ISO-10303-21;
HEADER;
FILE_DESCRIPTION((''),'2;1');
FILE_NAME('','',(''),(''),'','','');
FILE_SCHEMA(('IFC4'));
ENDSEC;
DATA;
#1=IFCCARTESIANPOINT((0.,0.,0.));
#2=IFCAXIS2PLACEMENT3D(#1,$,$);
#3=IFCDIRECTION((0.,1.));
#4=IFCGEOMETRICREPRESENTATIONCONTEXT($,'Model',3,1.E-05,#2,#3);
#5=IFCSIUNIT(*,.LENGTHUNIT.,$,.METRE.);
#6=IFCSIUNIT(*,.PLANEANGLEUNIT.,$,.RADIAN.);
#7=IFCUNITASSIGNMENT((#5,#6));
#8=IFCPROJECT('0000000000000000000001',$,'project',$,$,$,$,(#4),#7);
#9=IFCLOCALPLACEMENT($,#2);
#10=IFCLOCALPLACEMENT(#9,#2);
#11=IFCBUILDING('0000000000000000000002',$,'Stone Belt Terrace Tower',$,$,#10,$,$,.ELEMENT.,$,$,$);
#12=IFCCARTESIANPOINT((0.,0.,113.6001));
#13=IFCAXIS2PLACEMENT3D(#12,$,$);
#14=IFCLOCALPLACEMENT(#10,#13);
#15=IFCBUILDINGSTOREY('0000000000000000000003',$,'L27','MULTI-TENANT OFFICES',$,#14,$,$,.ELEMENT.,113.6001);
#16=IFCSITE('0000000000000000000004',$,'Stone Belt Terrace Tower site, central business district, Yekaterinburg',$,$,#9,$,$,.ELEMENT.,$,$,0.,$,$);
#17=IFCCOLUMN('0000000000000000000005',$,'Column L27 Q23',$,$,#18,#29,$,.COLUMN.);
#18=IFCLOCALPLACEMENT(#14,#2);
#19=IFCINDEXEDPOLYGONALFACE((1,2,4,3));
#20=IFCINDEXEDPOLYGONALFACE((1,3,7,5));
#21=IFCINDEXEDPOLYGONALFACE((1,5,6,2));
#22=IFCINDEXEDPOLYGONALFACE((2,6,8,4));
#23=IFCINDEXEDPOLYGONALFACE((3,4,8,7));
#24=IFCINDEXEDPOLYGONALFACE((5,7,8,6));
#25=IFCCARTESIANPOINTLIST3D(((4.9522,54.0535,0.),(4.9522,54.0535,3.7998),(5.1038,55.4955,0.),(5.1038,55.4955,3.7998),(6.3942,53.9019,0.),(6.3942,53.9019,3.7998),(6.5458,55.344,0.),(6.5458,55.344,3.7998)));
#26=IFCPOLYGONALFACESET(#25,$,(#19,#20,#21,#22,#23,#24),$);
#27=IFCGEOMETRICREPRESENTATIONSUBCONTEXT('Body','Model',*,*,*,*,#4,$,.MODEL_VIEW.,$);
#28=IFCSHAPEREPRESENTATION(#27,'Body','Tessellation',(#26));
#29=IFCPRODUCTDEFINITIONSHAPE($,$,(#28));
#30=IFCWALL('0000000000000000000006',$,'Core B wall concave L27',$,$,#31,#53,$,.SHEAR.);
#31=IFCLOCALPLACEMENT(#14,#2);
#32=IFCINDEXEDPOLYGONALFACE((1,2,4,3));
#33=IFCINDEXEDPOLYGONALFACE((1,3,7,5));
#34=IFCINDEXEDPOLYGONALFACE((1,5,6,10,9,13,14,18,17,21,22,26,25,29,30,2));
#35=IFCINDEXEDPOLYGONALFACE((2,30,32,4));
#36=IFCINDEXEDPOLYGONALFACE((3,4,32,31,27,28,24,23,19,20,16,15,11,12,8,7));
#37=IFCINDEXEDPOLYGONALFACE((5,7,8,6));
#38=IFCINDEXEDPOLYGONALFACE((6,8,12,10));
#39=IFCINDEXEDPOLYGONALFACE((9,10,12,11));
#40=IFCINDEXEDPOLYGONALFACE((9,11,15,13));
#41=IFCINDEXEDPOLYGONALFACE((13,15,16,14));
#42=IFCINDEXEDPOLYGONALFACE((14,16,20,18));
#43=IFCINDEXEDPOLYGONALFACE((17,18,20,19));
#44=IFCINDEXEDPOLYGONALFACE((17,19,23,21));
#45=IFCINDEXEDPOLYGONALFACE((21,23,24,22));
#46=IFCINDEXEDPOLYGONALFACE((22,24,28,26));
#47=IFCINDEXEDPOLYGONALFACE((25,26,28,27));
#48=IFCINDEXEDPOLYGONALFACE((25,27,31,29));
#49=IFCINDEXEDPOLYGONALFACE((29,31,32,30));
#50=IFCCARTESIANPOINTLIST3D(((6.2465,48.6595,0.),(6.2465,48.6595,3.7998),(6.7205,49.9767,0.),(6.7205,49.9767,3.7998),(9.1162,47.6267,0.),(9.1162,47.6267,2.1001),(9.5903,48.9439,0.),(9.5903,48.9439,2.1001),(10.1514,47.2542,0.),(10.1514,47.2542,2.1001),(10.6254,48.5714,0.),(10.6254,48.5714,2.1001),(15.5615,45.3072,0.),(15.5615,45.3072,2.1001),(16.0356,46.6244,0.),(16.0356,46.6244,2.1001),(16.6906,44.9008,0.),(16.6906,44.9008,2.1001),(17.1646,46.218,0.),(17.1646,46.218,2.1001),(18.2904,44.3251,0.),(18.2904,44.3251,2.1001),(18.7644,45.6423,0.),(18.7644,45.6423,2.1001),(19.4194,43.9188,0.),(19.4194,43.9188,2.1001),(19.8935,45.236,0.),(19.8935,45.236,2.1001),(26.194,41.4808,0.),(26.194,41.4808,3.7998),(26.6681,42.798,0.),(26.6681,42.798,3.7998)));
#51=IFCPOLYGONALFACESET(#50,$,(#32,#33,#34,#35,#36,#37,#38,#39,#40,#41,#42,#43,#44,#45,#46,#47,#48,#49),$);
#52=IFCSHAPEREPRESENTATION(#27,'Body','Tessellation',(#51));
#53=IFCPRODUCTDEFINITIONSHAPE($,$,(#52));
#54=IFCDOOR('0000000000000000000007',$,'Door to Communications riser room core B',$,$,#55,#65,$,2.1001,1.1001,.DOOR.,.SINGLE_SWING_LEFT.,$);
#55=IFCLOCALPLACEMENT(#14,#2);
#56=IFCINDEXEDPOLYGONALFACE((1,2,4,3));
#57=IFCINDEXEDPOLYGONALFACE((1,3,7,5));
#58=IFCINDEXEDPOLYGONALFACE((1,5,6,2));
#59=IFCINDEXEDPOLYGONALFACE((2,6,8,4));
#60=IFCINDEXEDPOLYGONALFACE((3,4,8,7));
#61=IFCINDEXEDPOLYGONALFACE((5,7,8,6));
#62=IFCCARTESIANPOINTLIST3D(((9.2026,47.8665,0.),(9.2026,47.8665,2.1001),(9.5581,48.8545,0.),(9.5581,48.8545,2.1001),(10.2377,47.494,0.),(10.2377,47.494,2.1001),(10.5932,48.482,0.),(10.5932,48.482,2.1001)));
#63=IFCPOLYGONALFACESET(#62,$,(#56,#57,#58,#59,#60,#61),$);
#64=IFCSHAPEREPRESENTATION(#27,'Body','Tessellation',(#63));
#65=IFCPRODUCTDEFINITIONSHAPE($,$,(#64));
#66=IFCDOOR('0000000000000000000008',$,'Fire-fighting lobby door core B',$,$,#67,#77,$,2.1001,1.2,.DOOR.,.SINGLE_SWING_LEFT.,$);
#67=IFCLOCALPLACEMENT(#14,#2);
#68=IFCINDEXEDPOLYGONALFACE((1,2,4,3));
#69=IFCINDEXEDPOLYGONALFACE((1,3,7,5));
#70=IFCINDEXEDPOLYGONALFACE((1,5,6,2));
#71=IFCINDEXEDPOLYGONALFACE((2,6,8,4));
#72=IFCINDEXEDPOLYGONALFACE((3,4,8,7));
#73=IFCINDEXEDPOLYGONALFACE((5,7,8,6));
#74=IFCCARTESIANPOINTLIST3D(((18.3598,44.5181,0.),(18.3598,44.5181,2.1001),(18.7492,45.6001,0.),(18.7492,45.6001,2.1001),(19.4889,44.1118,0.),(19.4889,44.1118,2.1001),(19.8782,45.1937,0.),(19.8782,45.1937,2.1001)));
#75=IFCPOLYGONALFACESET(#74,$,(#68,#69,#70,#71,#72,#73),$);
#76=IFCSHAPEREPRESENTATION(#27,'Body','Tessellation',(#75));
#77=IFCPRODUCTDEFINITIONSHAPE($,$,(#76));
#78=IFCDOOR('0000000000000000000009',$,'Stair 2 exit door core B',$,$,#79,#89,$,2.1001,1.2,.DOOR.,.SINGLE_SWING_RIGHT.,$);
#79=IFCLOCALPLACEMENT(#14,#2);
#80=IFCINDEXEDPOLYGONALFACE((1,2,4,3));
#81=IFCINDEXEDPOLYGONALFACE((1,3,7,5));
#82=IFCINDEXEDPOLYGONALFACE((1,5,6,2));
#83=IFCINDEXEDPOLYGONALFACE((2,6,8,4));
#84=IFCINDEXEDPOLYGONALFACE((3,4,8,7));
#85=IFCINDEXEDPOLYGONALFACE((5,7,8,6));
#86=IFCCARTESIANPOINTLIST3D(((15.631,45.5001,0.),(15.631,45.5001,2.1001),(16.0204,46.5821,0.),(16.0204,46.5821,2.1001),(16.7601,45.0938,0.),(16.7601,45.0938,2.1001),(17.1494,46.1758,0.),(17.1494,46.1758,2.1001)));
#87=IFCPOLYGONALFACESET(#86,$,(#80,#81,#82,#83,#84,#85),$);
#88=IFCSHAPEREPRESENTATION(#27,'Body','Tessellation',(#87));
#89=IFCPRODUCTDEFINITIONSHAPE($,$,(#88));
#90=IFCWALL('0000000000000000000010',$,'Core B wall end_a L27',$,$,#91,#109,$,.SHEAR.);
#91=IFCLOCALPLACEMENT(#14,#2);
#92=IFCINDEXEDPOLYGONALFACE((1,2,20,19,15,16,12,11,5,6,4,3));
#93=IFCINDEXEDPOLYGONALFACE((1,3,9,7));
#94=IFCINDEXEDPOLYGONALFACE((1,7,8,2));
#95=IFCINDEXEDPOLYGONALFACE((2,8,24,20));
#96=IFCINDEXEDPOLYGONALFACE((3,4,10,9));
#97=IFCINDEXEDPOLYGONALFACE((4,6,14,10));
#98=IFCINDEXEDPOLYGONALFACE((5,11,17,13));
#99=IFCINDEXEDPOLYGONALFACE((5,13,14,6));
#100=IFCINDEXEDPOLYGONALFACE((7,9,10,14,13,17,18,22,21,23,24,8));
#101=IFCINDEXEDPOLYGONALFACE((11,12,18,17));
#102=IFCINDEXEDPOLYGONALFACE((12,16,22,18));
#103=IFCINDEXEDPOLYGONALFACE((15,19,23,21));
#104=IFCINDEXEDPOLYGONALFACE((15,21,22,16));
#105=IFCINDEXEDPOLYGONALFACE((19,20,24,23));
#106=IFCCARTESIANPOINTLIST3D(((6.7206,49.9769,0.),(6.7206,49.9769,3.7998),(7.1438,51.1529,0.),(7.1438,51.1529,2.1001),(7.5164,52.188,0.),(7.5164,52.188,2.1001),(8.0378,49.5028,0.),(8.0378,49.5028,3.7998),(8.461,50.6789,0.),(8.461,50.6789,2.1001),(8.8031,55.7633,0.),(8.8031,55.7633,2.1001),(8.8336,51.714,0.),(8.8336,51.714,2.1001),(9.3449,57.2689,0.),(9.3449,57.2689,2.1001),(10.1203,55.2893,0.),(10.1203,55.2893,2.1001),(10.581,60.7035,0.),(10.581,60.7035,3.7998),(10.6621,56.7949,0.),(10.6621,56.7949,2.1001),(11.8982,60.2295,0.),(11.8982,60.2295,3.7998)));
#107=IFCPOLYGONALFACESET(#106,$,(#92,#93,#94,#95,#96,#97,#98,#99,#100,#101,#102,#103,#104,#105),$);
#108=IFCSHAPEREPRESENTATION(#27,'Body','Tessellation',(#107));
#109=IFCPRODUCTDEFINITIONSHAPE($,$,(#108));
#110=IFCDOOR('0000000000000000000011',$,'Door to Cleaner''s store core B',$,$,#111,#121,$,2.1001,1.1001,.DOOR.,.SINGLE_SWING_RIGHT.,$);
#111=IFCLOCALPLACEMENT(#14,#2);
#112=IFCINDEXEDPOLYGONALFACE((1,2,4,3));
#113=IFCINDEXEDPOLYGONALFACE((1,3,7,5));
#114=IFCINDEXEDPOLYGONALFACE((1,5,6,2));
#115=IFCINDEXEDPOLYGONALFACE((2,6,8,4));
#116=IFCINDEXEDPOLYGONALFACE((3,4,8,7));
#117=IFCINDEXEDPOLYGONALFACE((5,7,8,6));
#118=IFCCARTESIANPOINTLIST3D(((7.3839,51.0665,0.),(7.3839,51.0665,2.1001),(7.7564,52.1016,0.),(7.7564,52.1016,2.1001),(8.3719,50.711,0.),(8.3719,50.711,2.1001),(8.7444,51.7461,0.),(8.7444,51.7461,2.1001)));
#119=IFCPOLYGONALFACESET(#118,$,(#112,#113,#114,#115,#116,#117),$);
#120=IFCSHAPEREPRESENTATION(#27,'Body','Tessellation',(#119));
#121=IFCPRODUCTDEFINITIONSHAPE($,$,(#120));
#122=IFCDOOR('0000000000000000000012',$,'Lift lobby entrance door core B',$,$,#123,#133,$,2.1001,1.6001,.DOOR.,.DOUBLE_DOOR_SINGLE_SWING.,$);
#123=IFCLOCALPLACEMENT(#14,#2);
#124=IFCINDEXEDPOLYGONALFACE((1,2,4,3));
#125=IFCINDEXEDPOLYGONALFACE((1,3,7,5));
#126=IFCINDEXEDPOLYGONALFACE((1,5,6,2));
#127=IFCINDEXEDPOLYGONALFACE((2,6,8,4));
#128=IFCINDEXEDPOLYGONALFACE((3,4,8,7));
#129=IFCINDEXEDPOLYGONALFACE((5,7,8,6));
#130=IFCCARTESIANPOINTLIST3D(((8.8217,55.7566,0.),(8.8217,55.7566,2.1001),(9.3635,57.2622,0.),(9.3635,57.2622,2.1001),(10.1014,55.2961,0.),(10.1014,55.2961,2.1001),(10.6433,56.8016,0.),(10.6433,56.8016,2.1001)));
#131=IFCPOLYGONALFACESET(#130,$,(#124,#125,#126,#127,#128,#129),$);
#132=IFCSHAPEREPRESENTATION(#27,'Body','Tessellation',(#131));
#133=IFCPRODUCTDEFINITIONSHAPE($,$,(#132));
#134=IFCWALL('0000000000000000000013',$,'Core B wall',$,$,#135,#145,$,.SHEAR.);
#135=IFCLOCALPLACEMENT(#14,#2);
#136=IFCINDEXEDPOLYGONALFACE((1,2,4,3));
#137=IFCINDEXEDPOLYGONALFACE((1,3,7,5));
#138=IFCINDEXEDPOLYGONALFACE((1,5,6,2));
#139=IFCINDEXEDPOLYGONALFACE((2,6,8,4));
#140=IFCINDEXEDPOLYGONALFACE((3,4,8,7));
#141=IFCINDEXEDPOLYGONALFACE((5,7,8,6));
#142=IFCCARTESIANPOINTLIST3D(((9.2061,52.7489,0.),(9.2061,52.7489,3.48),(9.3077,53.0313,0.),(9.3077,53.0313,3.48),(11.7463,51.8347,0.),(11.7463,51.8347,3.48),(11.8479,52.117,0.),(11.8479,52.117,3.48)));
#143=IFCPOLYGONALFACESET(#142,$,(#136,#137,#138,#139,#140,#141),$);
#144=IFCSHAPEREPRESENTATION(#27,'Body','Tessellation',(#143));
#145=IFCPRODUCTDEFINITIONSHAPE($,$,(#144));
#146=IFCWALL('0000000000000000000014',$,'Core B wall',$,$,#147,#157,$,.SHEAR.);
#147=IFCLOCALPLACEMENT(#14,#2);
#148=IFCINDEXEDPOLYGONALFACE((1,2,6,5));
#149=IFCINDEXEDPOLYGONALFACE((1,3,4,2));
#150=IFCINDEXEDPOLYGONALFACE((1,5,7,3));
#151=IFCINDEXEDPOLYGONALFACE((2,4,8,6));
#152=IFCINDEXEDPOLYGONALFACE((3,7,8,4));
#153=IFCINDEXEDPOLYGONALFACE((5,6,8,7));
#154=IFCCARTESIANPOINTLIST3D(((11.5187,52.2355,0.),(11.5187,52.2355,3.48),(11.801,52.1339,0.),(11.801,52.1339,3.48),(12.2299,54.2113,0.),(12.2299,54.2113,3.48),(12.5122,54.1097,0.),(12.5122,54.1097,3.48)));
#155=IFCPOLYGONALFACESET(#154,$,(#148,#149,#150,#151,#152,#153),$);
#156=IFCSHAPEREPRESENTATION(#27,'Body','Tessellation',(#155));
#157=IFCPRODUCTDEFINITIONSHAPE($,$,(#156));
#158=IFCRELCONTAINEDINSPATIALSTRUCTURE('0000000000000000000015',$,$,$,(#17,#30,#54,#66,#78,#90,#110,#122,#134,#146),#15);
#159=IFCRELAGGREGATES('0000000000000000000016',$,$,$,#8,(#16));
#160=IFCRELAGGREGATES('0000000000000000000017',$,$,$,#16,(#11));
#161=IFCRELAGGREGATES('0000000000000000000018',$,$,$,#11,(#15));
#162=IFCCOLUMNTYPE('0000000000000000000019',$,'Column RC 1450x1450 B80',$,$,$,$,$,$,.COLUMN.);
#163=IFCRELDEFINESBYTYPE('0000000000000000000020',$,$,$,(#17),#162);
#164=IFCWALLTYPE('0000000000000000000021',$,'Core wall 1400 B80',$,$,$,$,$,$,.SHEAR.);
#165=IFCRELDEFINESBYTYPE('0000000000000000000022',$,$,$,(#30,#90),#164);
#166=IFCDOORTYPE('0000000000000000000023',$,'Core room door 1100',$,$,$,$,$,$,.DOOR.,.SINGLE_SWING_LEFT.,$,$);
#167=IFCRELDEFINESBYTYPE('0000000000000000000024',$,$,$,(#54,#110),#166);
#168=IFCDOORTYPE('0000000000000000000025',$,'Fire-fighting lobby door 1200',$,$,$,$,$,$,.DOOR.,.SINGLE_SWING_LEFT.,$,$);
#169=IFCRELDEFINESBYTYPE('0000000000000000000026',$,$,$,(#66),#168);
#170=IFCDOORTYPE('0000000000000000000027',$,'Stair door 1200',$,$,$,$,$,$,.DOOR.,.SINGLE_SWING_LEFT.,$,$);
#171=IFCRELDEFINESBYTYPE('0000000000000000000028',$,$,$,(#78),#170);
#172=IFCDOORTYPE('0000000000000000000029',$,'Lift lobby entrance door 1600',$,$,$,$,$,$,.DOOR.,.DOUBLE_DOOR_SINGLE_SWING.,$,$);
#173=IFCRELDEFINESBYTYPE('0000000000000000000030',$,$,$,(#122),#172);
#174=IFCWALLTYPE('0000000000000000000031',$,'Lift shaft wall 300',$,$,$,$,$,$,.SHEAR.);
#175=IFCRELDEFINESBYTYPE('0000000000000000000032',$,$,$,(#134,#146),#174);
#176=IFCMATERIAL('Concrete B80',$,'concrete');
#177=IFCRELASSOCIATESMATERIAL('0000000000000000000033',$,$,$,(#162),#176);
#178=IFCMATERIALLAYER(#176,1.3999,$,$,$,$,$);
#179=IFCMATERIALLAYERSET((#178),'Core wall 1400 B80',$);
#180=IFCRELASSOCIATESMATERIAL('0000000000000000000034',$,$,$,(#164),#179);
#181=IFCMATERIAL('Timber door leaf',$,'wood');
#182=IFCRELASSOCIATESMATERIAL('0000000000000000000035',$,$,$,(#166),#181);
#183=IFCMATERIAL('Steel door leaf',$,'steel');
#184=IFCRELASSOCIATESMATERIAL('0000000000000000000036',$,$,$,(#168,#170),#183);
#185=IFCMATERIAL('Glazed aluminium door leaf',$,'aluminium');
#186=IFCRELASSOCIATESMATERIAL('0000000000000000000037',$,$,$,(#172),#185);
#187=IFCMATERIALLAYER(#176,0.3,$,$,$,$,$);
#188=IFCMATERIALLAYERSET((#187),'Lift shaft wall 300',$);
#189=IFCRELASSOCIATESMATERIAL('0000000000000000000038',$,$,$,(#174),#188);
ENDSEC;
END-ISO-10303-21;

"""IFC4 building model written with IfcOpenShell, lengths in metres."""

from ifc_helpers import new_model, si_unit, direction, frame, frame_2d, origin, origin_2d, place, context, subcontext, project, spatial, rectangle, extrude, material, layer, layer_set, material_profile, profile_set, type_object, element, fill, save


model = new_model("IFC4")

# Units and contexts
model_context = context("Model", 3, precision=1e-05, world=origin(), true_north=direction((0.0, 1.0)))
body_context = subcontext(model_context, "Body", "Model", "MODEL_VIEW")
ifc_project = project(units=[si_unit("LENGTHUNIT", "METRE"), si_unit("PLANEANGLEUNIT", "RADIAN")], contexts=[model_context])

# Site, building, storey
site_placement = place(None, origin())
site = spatial("IfcSite", under=ifc_project, at=site_placement, Name="Stone Belt Terrace Tower site, central business district, Yekaterinburg", CompositionType="ELEMENT", RefElevation=0.0)
building_placement = place(site_placement, origin())
building = spatial("IfcBuilding", under=site, at=building_placement, Name="Stone Belt Terrace Tower", CompositionType="ELEMENT")
storey_placement = place(building_placement, frame((0.0, 0.0, 113.6001)))
storey = spatial("IfcBuildingStorey", under=building, at=storey_placement, Name="L27", Description="MULTI-TENANT OFFICES", CompositionType="ELEMENT", Elevation=113.6001)

# Column
ifc_material_1 = material(Name="Concrete B80", Category="concrete")
ifc_material_profile = material_profile(ifc_material_1, rectangle(XDim=1.45, YDim=1.45, at=origin_2d()), Name="RC 1450x1450")
ifc_profile_set = profile_set([ifc_material_profile], Name="Concrete B80")
column_type = type_object("IfcColumnType", Name="Column RC 1450x1450 B80", PredefinedType="COLUMN", material=ifc_profile_set)
column_placement = place(storey_placement, frame((5.749, 54.6987, 0.0), z_axis=(0.0, 0.0, 1.0), x_axis=(0.994522, -0.104528, 0.0)))
element("IfcColumn", 1, at=column_placement, inside=storey, type_object=column_type, Name="Column L27 Q23", PredefinedType="COLUMN", context=body_context, shape_type="SweptSolid", body=[
    extrude(rectangle(XDim=1.45, YDim=1.45, at=origin_2d()), origin(), (0.0, 0.0, 1.0), 3.7998),
])

# Walls, openings, doors
ifc_layer_1 = layer(ifc_material_1, 1.3999)
ifc_layer_set_1 = layer_set([ifc_layer_1], Name="Core wall 1400 B80")
wall_type_1 = type_object("IfcWallType", Name="Core wall 1400 B80", PredefinedType="SHEAR", material=ifc_layer_set_1)
wall_1_placement = place(storey_placement, frame((6.4834, 49.3181, 0.0), z_axis=(0.0, 0.0, 1.0), x_axis=(0.940923, -0.33862, 0.0)))
wall_1 = element("IfcWall", 2, at=wall_1_placement, inside=storey, type_object=wall_type_1, Name="Core B wall concave L27", PredefinedType="SHEAR", context=body_context, shape_type="SweptSolid", body=[
    extrude(rectangle(XDim=21.2, YDim=1.3999, at=frame_2d((10.6001, 0.0))), origin(), (0.0, 0.0, 1.0), 3.7998),
])
opening_1_placement = place(wall_1_placement, frame((12.8, 0.0, 0.0)))
opening_1 = element("IfcOpeningElement", 3, at=opening_1_placement, cuts=wall_1, PredefinedType="OPENING", context=body_context, shape_type="SweptSolid", body=[
    extrude(rectangle(XDim=1.2, YDim=2.1001, at=frame_2d((0.6001, 1.05))), frame((0.0, 0.71, 0.0), z_axis=(0.0, -1.0, 0.0), x_axis=(1.0, 0.0, 0.0)), (0.0, 0.0, 1.0), 1.4199),
])
opening_2_placement = place(wall_1_placement, frame((9.8999, 0.0, 0.0)))
opening_2 = element("IfcOpeningElement", 4, at=opening_2_placement, cuts=wall_1, PredefinedType="OPENING", context=body_context, shape_type="SweptSolid", body=[
    extrude(rectangle(XDim=1.2, YDim=2.1001, at=frame_2d((0.6001, 1.05))), frame((0.0, 0.71, 0.0), z_axis=(0.0, -1.0, 0.0), x_axis=(1.0, 0.0, 0.0)), (0.0, 0.0, 1.0), 1.4199),
])
opening_3_placement = place(wall_1_placement, frame((3.05, 0.0, 0.0)))
opening_3 = element("IfcOpeningElement", 5, at=opening_3_placement, cuts=wall_1, PredefinedType="OPENING", context=body_context, shape_type="SweptSolid", body=[
    extrude(rectangle(XDim=1.1001, YDim=2.1001, at=frame_2d((0.55, 1.05))), frame((0.0, 0.71, 0.0), z_axis=(0.0, -1.0, 0.0), x_axis=(1.0, 0.0, 0.0)), (0.0, 0.0, 1.0), 1.4199),
])
ifc_material_2 = material(Name="Timber door leaf", Category="wood")
door_type_1 = type_object("IfcDoorType", Name="Core room door 1100", OperationType="SINGLE_SWING_LEFT", PredefinedType="DOOR", material=ifc_material_2)
door_1_placement = place(opening_3_placement, origin())
door_1 = element("IfcDoor", 6, at=door_1_placement, inside=storey, type_object=door_type_1, Name="Door to Communications riser room core B", OperationType="SINGLE_SWING_LEFT", OverallHeight=2.1001, OverallWidth=1.1001, PredefinedType="DOOR", context=body_context, shape_type="SweptSolid", body=[
    extrude(rectangle(XDim=1.1001, YDim=2.1001, at=frame_2d((0.55, 1.05))), frame((0.0, 0.605, 0.0), z_axis=(0.0, -1.0, 0.0), x_axis=(1.0, 0.0, 0.0)), (0.0, 0.0, 1.0), 1.05),
])
fill(opening_3, door_1)
ifc_material_3 = material(Name="Steel door leaf", Category="steel")
door_type_2 = type_object("IfcDoorType", Name="Fire-fighting lobby door 1200", OperationType="SINGLE_SWING_LEFT", PredefinedType="DOOR", material=ifc_material_3)
door_2_placement = place(opening_1_placement, origin())
door_2 = element("IfcDoor", 7, at=door_2_placement, inside=storey, type_object=door_type_2, Name="Fire-fighting lobby door core B", OperationType="SINGLE_SWING_LEFT", OverallHeight=2.1001, OverallWidth=1.2, PredefinedType="DOOR", context=body_context, shape_type="SweptSolid", body=[
    extrude(rectangle(XDim=1.2, YDim=2.1001, at=frame_2d((0.6001, 1.05))), frame((0.0, 0.655, 0.0), z_axis=(0.0, -1.0, 0.0), x_axis=(1.0, 0.0, 0.0)), (0.0, 0.0, 1.0), 1.1499),
])
fill(opening_1, door_2)
door_type_3 = type_object("IfcDoorType", Name="Stair door 1200", OperationType="SINGLE_SWING_LEFT", PredefinedType="DOOR", material=ifc_material_3)
door_3_placement = place(opening_2_placement, origin())
door_3 = element("IfcDoor", 8, at=door_3_placement, inside=storey, type_object=door_type_3, Name="Stair 2 exit door core B", OperationType="SINGLE_SWING_RIGHT", OverallHeight=2.1001, OverallWidth=1.2, PredefinedType="DOOR", context=body_context, shape_type="SweptSolid", body=[
    extrude(rectangle(XDim=1.2, YDim=2.1001, at=frame_2d((0.6001, 1.05))), frame((0.0, 0.655, 0.0), z_axis=(0.0, -1.0, 0.0), x_axis=(1.0, 0.0, 0.0)), (0.0, 0.0, 1.0), 1.1499),
])
fill(opening_2, door_3)
wall_2_placement = place(storey_placement, frame((7.3792, 49.7397, 0.0), z_axis=(0.0, 0.0, 1.0), x_axis=(0.338625, 0.940921, 0.0)))
wall_2 = element("IfcWall", 9, at=wall_2_placement, inside=storey, type_object=wall_type_1, Name="Core B wall end_a L27", PredefinedType="SHEAR", context=body_context, shape_type="SweptSolid", body=[
    extrude(rectangle(XDim=11.4001, YDim=1.3999, at=frame_2d((5.7002, 0.0))), origin(), (0.0, 0.0, 1.0), 3.7998),
])
opening_4_placement = place(wall_2_placement, frame((6.1499, 0.0, 0.0)))
opening_4 = element("IfcOpeningElement", 10, at=opening_4_placement, cuts=wall_2, PredefinedType="OPENING", context=body_context, shape_type="SweptSolid", body=[
    extrude(rectangle(XDim=1.6001, YDim=2.1001, at=frame_2d((0.8, 1.05))), frame((0.0, 0.71, 0.0), z_axis=(0.0, -1.0, 0.0), x_axis=(1.0, 0.0, 0.0)), (0.0, 0.0, 1.0), 1.4199),
])
opening_5_placement = place(wall_2_placement, frame((1.25, 0.0, 0.0)))
opening_5 = element("IfcOpeningElement", 11, at=opening_5_placement, cuts=wall_2, PredefinedType="OPENING", context=body_context, shape_type="SweptSolid", body=[
    extrude(rectangle(XDim=1.1001, YDim=2.1001, at=frame_2d((0.55, 1.05))), frame((0.0, 0.71, 0.0), z_axis=(0.0, -1.0, 0.0), x_axis=(1.0, 0.0, 0.0)), (0.0, 0.0, 1.0), 1.4199),
])
door_4_placement = place(opening_5_placement, origin())
door_4 = element("IfcDoor", 12, at=door_4_placement, inside=storey, type_object=door_type_1, Name="Door to Cleaner's store core B", OperationType="SINGLE_SWING_RIGHT", OverallHeight=2.1001, OverallWidth=1.1001, PredefinedType="DOOR", context=body_context, shape_type="SweptSolid", body=[
    extrude(rectangle(XDim=1.1001, YDim=2.1001, at=frame_2d((0.55, 1.05))), frame((0.0, 0.4448, 0.0), z_axis=(0.0, -1.0, 0.0), x_axis=(1.0, 0.0, 0.0)), (0.0, 0.0, 1.0), 1.05),
])
fill(opening_5, door_4)
ifc_material_4 = material(Name="Glazed aluminium door leaf", Category="aluminium")
door_type_4 = type_object("IfcDoorType", Name="Lift lobby entrance door 1600", OperationType="DOUBLE_DOOR_SINGLE_SWING", PredefinedType="DOOR", material=ifc_material_4)
door_5_placement = place(opening_4_placement, origin())
door_5 = element("IfcDoor", 13, at=door_5_placement, inside=storey, type_object=door_type_4, Name="Lift lobby entrance door core B", OperationType="DOUBLE_DOOR_SINGLE_SWING", OverallHeight=2.1001, OverallWidth=1.6001, PredefinedType="DOOR", context=body_context, shape_type="SweptSolid", body=[
    extrude(rectangle(XDim=1.6001, YDim=2.1001, at=frame_2d((0.8, 1.05))), frame((0.0, 0.6802, 0.0), z_axis=(0.0, -1.0, 0.0), x_axis=(1.0, 0.0, 0.0)), (0.0, 0.0, 1.0), 1.3601),
])
fill(opening_4, door_5)

# Walls
ifc_layer_2 = layer(ifc_material_1, 0.3)
ifc_layer_set_2 = layer_set([ifc_layer_2], Name="Lift shaft wall 300")
wall_type_2 = type_object("IfcWallType", Name="Lift shaft wall 300", PredefinedType="SHEAR", material=ifc_layer_set_2)
wall_3_placement = place(storey_placement, frame((11.7971, 51.9758, 0.0), z_axis=(0.0, 0.0, 1.0), x_axis=(-0.94091, 0.338655, 0.0)))
element("IfcWall", 14, at=wall_3_placement, inside=storey, type_object=wall_type_2, Name="Core B wall", PredefinedType="SHEAR", context=body_context, shape_type="SweptSolid", body=[
    extrude(rectangle(XDim=2.6997, YDim=0.3, at=frame_2d((1.3499, 0.0))), origin(), (0.0, 0.0, 1.0), 3.48),
])
wall_4_placement = place(storey_placement, frame((11.6599, 52.1848, 0.0), z_axis=(0.0, 0.0, 1.0), x_axis=(0.33867, 0.940905, 0.0)))
element("IfcWall", 15, at=wall_4_placement, inside=storey, type_object=wall_type_2, Name="Core B wall", PredefinedType="SHEAR", context=body_context, shape_type="SweptSolid", body=[
    extrude(rectangle(XDim=2.0999, YDim=0.3, at=frame_2d((1.0498, 0.0))), origin(), (0.0, 0.0, 1.0), 3.48),
])

save(model, "model.ifc")
